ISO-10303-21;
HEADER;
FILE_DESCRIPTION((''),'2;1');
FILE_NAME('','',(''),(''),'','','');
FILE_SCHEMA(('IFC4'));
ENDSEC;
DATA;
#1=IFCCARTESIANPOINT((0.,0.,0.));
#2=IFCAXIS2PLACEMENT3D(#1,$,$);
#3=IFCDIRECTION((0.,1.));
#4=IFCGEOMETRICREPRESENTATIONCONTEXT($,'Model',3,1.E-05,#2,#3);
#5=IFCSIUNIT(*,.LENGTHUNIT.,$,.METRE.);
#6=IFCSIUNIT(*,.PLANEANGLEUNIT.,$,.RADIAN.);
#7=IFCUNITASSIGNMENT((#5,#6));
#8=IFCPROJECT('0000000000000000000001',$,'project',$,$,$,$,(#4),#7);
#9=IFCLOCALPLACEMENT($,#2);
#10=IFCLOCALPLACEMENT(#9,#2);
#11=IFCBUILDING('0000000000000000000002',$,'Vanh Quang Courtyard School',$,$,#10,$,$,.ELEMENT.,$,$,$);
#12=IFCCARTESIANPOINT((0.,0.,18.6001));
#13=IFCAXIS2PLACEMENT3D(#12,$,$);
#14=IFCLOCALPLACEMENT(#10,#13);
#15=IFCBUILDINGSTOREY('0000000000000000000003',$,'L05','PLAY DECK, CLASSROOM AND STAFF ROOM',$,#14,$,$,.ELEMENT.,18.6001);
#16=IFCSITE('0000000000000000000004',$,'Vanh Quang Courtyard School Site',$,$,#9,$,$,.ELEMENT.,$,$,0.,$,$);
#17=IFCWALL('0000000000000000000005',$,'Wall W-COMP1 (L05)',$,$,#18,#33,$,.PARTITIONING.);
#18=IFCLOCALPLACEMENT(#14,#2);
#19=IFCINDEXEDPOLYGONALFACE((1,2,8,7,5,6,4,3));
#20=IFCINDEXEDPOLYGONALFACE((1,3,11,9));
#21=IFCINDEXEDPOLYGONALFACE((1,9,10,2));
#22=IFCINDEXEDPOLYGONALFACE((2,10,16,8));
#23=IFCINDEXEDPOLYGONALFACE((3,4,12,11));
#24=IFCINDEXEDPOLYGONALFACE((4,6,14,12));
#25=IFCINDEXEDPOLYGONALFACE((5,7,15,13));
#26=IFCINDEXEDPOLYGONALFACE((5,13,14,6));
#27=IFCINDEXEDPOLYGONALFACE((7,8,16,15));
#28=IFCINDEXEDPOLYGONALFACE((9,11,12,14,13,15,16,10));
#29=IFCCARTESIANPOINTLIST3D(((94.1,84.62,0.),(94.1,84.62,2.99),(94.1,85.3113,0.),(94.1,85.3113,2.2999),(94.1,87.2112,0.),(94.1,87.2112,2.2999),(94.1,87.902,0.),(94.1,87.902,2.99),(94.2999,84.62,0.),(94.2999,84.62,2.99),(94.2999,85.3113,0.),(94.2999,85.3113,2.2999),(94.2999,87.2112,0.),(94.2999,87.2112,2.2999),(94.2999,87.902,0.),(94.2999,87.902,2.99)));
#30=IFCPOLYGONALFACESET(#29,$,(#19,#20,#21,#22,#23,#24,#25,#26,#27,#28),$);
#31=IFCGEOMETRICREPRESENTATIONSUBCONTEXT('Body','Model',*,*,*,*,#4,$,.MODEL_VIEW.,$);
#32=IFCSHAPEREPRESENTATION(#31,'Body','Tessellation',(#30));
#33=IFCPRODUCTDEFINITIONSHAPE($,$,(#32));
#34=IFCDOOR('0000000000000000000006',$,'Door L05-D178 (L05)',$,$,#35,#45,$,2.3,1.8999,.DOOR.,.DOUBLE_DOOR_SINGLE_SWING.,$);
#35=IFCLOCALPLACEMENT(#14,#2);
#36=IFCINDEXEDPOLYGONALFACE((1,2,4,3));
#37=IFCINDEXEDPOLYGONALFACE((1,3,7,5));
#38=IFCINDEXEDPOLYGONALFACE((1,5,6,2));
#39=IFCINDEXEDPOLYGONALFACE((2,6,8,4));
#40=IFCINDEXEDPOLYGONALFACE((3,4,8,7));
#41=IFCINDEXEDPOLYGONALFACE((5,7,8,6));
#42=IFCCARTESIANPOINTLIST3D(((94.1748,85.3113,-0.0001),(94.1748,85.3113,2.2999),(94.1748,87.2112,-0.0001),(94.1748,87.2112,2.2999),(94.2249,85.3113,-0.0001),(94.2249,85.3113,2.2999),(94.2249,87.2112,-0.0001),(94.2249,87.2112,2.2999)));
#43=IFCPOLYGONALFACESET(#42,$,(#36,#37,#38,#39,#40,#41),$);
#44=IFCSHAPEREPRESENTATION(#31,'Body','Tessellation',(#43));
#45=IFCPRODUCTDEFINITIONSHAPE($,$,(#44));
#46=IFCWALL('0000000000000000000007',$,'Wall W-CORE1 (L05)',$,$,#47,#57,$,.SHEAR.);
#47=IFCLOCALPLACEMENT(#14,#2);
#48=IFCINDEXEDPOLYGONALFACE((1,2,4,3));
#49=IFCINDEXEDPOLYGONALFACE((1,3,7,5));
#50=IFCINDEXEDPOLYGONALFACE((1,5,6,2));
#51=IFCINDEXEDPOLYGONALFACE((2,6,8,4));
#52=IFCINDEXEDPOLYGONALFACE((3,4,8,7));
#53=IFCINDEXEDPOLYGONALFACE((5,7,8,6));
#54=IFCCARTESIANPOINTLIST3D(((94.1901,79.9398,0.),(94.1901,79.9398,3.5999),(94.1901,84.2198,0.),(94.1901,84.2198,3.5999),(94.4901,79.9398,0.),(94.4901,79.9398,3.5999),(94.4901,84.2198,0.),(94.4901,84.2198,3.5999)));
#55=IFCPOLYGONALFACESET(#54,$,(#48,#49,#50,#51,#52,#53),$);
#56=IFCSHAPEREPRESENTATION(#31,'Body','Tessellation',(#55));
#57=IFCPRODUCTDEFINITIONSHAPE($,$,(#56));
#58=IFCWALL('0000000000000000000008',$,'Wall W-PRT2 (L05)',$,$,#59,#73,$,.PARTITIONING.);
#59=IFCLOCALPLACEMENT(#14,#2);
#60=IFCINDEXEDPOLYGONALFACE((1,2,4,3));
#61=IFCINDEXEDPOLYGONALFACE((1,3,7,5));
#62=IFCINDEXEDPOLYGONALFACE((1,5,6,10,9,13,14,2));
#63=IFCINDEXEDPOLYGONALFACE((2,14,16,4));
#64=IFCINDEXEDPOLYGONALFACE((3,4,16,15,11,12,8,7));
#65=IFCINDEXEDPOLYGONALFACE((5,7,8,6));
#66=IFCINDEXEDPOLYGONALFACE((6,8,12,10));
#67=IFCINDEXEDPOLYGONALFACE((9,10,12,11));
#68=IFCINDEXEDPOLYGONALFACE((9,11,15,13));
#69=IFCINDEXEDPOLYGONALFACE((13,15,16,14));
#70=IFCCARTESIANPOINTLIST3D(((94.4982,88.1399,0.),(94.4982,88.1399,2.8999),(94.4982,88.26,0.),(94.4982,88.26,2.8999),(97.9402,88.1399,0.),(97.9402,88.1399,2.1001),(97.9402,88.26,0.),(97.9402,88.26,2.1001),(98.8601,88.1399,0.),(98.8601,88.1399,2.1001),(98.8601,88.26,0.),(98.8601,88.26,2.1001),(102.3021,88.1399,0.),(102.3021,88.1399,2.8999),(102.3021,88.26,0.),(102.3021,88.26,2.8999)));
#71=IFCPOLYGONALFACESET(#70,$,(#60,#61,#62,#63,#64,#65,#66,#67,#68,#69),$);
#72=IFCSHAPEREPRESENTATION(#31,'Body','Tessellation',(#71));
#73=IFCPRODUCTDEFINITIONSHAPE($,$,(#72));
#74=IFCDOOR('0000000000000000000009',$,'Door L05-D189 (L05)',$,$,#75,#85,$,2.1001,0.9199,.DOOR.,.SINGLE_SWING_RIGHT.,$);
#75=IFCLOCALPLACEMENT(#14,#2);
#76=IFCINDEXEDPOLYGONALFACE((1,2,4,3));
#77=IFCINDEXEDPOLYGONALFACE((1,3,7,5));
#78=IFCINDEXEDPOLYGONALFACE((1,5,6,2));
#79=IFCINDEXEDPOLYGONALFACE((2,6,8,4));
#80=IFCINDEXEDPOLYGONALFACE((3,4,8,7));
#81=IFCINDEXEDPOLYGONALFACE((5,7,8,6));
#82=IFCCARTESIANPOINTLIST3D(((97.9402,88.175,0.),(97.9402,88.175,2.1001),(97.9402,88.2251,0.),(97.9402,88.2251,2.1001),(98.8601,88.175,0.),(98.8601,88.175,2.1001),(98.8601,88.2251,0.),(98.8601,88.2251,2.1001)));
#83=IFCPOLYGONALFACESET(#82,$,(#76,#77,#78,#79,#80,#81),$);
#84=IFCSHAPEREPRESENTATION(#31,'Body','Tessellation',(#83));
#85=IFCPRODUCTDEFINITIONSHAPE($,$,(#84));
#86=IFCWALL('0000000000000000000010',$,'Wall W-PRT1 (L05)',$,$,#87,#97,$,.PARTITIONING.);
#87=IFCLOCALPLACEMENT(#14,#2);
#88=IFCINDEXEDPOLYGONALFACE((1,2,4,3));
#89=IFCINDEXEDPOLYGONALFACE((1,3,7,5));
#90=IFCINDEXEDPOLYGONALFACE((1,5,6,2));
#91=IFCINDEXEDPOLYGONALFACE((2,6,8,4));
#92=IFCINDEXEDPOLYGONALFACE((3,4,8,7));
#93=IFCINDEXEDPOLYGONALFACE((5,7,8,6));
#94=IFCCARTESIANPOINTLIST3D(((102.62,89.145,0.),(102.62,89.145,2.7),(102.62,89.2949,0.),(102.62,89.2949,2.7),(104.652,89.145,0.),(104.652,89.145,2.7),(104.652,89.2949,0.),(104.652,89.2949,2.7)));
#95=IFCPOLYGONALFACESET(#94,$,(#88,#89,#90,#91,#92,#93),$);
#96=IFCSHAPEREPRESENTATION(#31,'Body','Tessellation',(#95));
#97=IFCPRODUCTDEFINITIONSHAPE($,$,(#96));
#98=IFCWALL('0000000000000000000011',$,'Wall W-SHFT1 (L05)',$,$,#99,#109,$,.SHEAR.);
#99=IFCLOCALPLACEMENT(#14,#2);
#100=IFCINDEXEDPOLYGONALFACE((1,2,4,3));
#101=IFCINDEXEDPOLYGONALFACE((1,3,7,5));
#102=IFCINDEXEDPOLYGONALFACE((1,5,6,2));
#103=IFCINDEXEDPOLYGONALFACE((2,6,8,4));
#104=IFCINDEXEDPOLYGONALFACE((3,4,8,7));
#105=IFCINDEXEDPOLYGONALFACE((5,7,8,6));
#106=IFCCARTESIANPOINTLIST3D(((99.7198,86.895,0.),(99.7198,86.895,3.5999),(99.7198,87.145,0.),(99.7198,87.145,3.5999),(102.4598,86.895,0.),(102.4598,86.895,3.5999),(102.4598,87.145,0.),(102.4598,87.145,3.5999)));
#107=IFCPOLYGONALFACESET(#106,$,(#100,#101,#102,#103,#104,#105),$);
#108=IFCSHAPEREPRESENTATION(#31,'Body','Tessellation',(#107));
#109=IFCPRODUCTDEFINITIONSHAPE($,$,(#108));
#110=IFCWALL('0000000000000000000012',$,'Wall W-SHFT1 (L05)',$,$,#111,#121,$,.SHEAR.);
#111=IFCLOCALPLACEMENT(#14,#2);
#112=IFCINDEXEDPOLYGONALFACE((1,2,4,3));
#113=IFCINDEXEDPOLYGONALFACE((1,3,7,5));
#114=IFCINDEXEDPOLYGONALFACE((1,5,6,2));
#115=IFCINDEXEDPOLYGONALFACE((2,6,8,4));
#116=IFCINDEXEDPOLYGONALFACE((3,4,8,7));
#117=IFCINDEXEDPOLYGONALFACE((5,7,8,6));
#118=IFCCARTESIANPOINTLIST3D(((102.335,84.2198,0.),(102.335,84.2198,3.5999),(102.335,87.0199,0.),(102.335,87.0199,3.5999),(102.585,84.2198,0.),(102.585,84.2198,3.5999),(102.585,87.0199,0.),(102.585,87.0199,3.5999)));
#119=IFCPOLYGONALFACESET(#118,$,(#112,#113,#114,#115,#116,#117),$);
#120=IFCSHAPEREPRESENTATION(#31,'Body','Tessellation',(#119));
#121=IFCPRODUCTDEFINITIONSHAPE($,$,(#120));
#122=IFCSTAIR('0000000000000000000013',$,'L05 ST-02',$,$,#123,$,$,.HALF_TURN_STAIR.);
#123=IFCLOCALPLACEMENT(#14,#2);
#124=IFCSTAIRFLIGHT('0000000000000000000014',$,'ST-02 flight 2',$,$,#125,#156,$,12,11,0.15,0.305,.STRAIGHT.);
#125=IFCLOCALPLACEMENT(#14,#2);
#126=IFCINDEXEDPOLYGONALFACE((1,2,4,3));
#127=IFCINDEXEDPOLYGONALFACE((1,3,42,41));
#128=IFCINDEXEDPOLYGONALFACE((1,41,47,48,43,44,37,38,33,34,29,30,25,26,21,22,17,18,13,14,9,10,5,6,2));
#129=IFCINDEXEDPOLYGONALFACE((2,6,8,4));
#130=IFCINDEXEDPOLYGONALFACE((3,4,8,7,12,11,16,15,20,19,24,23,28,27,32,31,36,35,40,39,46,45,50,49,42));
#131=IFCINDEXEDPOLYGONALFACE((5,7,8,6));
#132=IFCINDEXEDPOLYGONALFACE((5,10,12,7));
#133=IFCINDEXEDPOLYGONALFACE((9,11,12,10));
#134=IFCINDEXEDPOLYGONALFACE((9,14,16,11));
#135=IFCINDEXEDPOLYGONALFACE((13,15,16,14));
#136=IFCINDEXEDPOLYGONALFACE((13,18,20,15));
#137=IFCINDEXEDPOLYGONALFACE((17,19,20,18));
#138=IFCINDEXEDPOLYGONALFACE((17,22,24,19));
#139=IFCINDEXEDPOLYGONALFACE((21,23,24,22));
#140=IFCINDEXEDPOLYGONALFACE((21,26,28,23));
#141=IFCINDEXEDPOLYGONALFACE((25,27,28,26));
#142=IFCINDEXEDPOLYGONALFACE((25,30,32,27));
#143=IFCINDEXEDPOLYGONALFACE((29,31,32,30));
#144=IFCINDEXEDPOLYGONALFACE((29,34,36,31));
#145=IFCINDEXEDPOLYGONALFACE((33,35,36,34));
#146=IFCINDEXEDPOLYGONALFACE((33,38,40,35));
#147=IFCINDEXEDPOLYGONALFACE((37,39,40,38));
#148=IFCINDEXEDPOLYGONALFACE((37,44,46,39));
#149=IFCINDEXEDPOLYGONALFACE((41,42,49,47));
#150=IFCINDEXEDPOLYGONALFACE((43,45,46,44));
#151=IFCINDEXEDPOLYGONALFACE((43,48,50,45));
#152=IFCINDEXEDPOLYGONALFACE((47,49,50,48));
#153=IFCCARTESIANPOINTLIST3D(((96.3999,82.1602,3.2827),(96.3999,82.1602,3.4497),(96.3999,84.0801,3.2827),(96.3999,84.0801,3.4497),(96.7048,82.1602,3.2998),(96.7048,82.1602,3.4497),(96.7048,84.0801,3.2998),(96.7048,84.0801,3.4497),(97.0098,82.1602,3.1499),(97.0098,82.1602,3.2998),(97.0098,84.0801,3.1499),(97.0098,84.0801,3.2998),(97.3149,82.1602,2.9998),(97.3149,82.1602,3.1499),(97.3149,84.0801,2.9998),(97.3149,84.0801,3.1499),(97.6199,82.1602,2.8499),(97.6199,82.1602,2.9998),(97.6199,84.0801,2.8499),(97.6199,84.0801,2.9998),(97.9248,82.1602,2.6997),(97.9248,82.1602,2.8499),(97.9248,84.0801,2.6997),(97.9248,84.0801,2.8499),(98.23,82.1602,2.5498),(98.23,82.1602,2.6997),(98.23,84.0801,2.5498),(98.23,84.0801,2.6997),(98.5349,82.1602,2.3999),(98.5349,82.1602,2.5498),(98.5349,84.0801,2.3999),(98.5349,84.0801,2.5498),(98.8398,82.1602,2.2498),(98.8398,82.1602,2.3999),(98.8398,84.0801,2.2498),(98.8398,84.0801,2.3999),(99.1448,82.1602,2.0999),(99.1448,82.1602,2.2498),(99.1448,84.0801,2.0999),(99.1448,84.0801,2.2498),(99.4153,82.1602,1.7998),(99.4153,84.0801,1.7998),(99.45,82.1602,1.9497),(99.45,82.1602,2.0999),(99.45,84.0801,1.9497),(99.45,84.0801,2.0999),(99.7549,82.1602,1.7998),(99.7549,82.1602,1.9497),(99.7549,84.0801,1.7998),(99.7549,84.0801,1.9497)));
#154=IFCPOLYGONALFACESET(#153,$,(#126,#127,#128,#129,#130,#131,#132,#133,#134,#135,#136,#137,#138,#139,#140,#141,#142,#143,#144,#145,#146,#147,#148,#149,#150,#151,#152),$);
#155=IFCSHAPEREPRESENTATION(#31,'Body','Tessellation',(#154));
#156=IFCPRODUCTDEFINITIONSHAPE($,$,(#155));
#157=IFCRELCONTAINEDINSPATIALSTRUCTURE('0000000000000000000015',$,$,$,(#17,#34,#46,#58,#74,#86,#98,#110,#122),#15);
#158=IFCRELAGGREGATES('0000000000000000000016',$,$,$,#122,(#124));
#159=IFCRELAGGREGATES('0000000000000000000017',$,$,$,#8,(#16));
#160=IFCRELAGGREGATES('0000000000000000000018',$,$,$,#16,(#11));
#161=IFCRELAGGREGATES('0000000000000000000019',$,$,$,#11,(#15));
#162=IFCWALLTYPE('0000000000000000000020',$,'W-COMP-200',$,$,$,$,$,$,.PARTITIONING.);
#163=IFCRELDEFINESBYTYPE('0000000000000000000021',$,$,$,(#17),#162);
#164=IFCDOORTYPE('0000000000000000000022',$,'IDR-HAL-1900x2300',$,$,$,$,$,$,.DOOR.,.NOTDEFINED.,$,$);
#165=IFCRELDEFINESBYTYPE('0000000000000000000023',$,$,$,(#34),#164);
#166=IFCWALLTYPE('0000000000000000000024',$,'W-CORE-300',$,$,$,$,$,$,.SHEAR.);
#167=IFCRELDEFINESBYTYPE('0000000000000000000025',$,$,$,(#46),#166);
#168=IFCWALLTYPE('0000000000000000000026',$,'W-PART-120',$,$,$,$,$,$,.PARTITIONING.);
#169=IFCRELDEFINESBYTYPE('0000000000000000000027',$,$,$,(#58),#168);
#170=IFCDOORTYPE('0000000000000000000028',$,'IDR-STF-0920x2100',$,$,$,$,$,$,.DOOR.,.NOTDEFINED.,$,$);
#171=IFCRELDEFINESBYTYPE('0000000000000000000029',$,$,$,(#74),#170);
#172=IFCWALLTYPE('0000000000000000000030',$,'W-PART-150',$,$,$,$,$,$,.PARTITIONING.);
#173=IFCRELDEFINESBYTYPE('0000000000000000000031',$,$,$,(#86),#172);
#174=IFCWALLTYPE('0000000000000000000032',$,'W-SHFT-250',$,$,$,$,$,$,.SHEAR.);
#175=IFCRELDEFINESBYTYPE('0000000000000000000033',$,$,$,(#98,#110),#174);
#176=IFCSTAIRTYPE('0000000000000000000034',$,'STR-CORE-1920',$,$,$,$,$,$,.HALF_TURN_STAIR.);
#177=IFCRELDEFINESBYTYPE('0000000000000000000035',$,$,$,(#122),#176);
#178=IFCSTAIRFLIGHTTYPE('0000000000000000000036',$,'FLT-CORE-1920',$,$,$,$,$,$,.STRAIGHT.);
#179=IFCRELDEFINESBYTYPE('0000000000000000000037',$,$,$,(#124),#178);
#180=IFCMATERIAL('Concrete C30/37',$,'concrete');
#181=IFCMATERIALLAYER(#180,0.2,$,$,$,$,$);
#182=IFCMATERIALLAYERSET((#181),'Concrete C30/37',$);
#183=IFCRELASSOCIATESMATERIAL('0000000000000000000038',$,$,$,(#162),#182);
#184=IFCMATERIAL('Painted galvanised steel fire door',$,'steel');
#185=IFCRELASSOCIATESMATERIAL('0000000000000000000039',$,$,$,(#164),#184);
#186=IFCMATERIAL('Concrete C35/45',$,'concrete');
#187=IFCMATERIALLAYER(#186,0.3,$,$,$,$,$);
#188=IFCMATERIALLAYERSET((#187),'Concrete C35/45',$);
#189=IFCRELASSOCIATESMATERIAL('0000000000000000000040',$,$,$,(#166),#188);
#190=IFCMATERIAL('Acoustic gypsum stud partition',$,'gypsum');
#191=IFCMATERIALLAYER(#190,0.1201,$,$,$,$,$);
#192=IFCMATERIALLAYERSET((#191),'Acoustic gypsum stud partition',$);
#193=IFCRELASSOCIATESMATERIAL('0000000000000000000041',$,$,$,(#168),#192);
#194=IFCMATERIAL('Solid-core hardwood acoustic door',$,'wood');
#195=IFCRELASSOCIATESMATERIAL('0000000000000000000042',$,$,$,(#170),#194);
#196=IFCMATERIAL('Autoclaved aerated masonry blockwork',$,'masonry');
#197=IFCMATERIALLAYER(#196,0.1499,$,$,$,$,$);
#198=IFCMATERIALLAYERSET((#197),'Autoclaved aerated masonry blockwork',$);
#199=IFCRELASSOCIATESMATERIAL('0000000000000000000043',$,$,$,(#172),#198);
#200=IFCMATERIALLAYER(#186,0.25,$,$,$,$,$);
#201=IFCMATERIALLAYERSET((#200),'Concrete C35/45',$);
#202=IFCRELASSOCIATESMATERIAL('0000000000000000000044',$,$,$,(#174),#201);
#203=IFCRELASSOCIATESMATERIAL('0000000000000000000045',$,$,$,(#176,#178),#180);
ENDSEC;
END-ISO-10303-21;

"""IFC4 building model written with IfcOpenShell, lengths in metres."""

from ifc_helpers import new_model, si_unit, direction, frame, frame_2d, origin, place, context, subcontext, project, spatial, polyline, rectangle, outline, extrude, material, layer, layer_set, type_object, element, fill, aggregate, save


model = new_model("IFC4")

# Units and contexts
model_context = context("Model", 3, precision=1e-05, world=origin(), true_north=direction((0.0, 1.0)))
body_context = subcontext(model_context, "Body", "Model", "MODEL_VIEW")
ifc_project = project(units=[si_unit("LENGTHUNIT", "METRE"), si_unit("PLANEANGLEUNIT", "RADIAN")], contexts=[model_context])

# Site, building, storey
site_placement = place(None, origin())
site = spatial("IfcSite", under=ifc_project, at=site_placement, Name="Vanh Quang Courtyard School Site", CompositionType="ELEMENT", RefElevation=0.0)
building_placement = place(site_placement, origin())
building = spatial("IfcBuilding", under=site, at=building_placement, Name="Vanh Quang Courtyard School", CompositionType="ELEMENT")
storey_placement = place(building_placement, frame((0.0, 0.0, 18.6001)))
storey = spatial("IfcBuildingStorey", under=building, at=storey_placement, Name="L05", Description="PLAY DECK, CLASSROOM AND STAFF ROOM", CompositionType="ELEMENT", Elevation=18.6001)

# Shared definitions
ifc_material_1 = material(Name="Concrete C35/45", Category="concrete")

# Shared definitions
ifc_material_2 = material(Name="Concrete C30/37", Category="concrete")

# Wall, opening, door
ifc_layer_1 = layer(ifc_material_2, 0.2)
ifc_layer_set_1 = layer_set([ifc_layer_1], Name="Concrete C30/37")
wall_type_1 = type_object("IfcWallType", Name="W-COMP-200", PredefinedType="PARTITIONING", material=ifc_layer_set_1)
wall_1_placement = place(storey_placement, frame((94.2, 87.9021, 0.0), z_axis=(0.0, 0.0, 1.0), x_axis=(0.0, -1.0, 0.0)))
wall_1 = element("IfcWall", 1, at=wall_1_placement, inside=storey, type_object=wall_type_1, Name="Wall W-COMP1 (L05)", PredefinedType="PARTITIONING", context=body_context, shape_type="SweptSolid", body=[
    extrude(rectangle(XDim=3.282, YDim=0.2, at=frame_2d((1.6411, 0.0))), origin(), (0.0, 0.0, 1.0), 2.99),
])
opening_1_placement = place(wall_1_placement, frame((0.6909, 0.0, 0.0)))
opening_1 = element("IfcOpeningElement", 2, at=opening_1_placement, cuts=wall_1, PredefinedType="OPENING", context=body_context, shape_type="SweptSolid", body=[
    extrude(rectangle(XDim=1.8999, YDim=2.3, at=frame_2d((0.95, 1.1499))), frame((0.0, 0.1099, 0.0), z_axis=(0.0, -1.0, 0.0), x_axis=(1.0, 0.0, 0.0)), (0.0, 0.0, 1.0), 0.22),
])
ifc_material_3 = material(Name="Painted galvanised steel fire door", Category="steel")
door_type_1 = type_object("IfcDoorType", Name="IDR-HAL-1900x2300", OperationType="NOTDEFINED", PredefinedType="DOOR", material=ifc_material_3)
door_1_placement = place(opening_1_placement, origin())
door_1 = element("IfcDoor", 3, at=door_1_placement, inside=storey, type_object=door_type_1, Name="Door L05-D178 (L05)", OperationType="DOUBLE_DOOR_SINGLE_SWING", OverallHeight=2.3, OverallWidth=1.8999, PredefinedType="DOOR", context=body_context, shape_type="SweptSolid", body=[
    extrude(rectangle(XDim=1.8999, YDim=2.3, at=frame_2d((0.95, 1.1499))), frame((0.0, 0.0249, 0.0), z_axis=(0.0, -1.0, 0.0), x_axis=(1.0, 0.0, 0.0)), (0.0, 0.0, 1.0), 0.05),
])
fill(opening_1, door_1)
ifc_layer_2 = layer(ifc_material_1, 0.3)
ifc_layer_set_2 = layer_set([ifc_layer_2], Name="Concrete C35/45")
wall_type_2 = type_object("IfcWallType", Name="W-CORE-300", PredefinedType="SHEAR", material=ifc_layer_set_2)

# Wall
wall_2_placement = place(storey_placement, frame((94.3401, 84.22, 0.0), z_axis=(0.0, 0.0, 1.0), x_axis=(0.0, -1.0, 0.0)))
element("IfcWall", 4, at=wall_2_placement, inside=storey, type_object=wall_type_2, Name="Wall W-CORE1 (L05)", PredefinedType="SHEAR", context=body_context, shape_type="SweptSolid", body=[
    extrude(rectangle(XDim=4.28, YDim=0.3, at=frame_2d((2.1401, 0.0))), origin(), (0.0, 0.0, 1.0), 3.5999),
])

# Wall, opening, door
ifc_material_4 = material(Name="Acoustic gypsum stud partition", Category="gypsum")
ifc_layer_3 = layer(ifc_material_4, 0.1201)
ifc_layer_set_3 = layer_set([ifc_layer_3], Name="Acoustic gypsum stud partition")
wall_type_3 = type_object("IfcWallType", Name="W-PART-120", PredefinedType="PARTITIONING", material=ifc_layer_set_3)
wall_3_placement = place(storey_placement, frame((102.302, 88.2, 0.0), z_axis=(0.0, 0.0, 1.0), x_axis=(-1.0, 0.0, 0.0)))
wall_3 = element("IfcWall", 5, at=wall_3_placement, inside=storey, type_object=wall_type_3, Name="Wall W-PRT2 (L05)", PredefinedType="PARTITIONING", context=body_context, shape_type="SweptSolid", body=[
    extrude(rectangle(XDim=7.804, YDim=0.1201, at=frame_2d((3.9019, 0.0))), origin(), (0.0, 0.0, 1.0), 2.8999),
])
opening_2_placement = place(wall_3_placement, frame((3.4419, 0.0, 0.0)))
opening_2 = element("IfcOpeningElement", 6, at=opening_2_placement, cuts=wall_3, PredefinedType="OPENING", context=body_context, shape_type="SweptSolid", body=[
    extrude(rectangle(XDim=0.9199, YDim=2.1001, at=frame_2d((0.46, 1.05))), frame((0.0, 0.0701, 0.0), z_axis=(0.0, -1.0, 0.0), x_axis=(1.0, 0.0, 0.0)), (0.0, 0.0, 1.0), 0.1401),
])
ifc_material_5 = material(Name="Solid-core hardwood acoustic door", Category="wood")
door_type_2 = type_object("IfcDoorType", Name="IDR-STF-0920x2100", OperationType="NOTDEFINED", PredefinedType="DOOR", material=ifc_material_5)
door_2_placement = place(opening_2_placement, origin())
door_2 = element("IfcDoor", 7, at=door_2_placement, inside=storey, type_object=door_type_2, Name="Door L05-D189 (L05)", OperationType="SINGLE_SWING_RIGHT", OverallHeight=2.1001, OverallWidth=0.9199, PredefinedType="DOOR", context=body_context, shape_type="SweptSolid", body=[
    extrude(rectangle(XDim=0.9199, YDim=2.1001, at=frame_2d((0.46, 1.05))), frame((0.0, 0.0249, 0.0), z_axis=(0.0, -1.0, 0.0), x_axis=(1.0, 0.0, 0.0)), (0.0, 0.0, 1.0), 0.05),
])
fill(opening_2, door_2)

# Wall
ifc_material_6 = material(Name="Autoclaved aerated masonry blockwork", Category="masonry")
ifc_layer_4 = layer(ifc_material_6, 0.1499)
ifc_layer_set_4 = layer_set([ifc_layer_4], Name="Autoclaved aerated masonry blockwork")
wall_type_4 = type_object("IfcWallType", Name="W-PART-150", PredefinedType="PARTITIONING", material=ifc_layer_set_4)
wall_4_placement = place(storey_placement, frame((104.6521, 89.22, 0.0), z_axis=(0.0, 0.0, 1.0), x_axis=(-1.0, 0.0, 0.0)))
element("IfcWall", 8, at=wall_4_placement, inside=storey, type_object=wall_type_4, Name="Wall W-PRT1 (L05)", PredefinedType="PARTITIONING", context=body_context, shape_type="SweptSolid", body=[
    extrude(rectangle(XDim=2.032, YDim=0.1499, at=frame_2d((1.0161, 0.0))), origin(), (0.0, 0.0, 1.0), 2.7),
])

# Shared definitions
ifc_layer_5 = layer(ifc_material_1, 0.25)
ifc_layer_set_5 = layer_set([ifc_layer_5], Name="Concrete C35/45")
wall_type_5 = type_object("IfcWallType", Name="W-SHFT-250", PredefinedType="SHEAR", material=ifc_layer_set_5)

# Walls
wall_5_placement = place(storey_placement, frame((102.46, 87.02, 0.0), z_axis=(0.0, 0.0, 1.0), x_axis=(-1.0, 0.0, 0.0)))
element("IfcWall", 9, at=wall_5_placement, inside=storey, type_object=wall_type_5, Name="Wall W-SHFT1 (L05)", PredefinedType="SHEAR", context=body_context, shape_type="SweptSolid", body=[
    extrude(rectangle(XDim=2.74, YDim=0.25, at=frame_2d((1.3701, 0.0))), origin(), (0.0, 0.0, 1.0), 3.5999),
])
wall_6_placement = place(storey_placement, frame((102.46, 84.22, 0.0), z_axis=(0.0, 0.0, 1.0), x_axis=(0.0, 1.0, 0.0)))
element("IfcWall", 10, at=wall_6_placement, inside=storey, type_object=wall_type_5, Name="Wall W-SHFT1 (L05)", PredefinedType="SHEAR", context=body_context, shape_type="SweptSolid", body=[
    extrude(rectangle(XDim=2.8, YDim=0.25, at=frame_2d((1.3999, 0.0))), origin(), (0.0, 0.0, 1.0), 3.5999),
])

# Stair, stair flight
stair_type = type_object("IfcStairType", Name="STR-CORE-1920", PredefinedType="HALF_TURN_STAIR", material=ifc_material_2)
stair_placement = place(storey_placement, origin())
stair = element("IfcStair", 11, at=stair_placement, inside=storey, type_object=stair_type, Name="L05 ST-02", PredefinedType="HALF_TURN_STAIR")
stair_flight_type = type_object("IfcStairFlightType", Name="FLT-CORE-1920", PredefinedType="STRAIGHT", material=ifc_material_2)
stair_flight_placement = place(storey_placement, frame((99.7549, 83.1201, 1.7998), z_axis=(0.0, 0.0, 1.0), x_axis=(-1.0, 0.0, 0.0)))
stair_flight = element("IfcStairFlight", 12, at=stair_flight_placement, type_object=stair_flight_type, Name="ST-02 flight 2", NumberOfRisers=12, NumberOfTreads=11, PredefinedType="STRAIGHT", RiserHeight=0.15, TreadLength=0.305, context=body_context, shape_type="SweptSolid", body=[
    extrude(outline(polyline([(0.0, 0.0), (0.0, 0.1499), (0.3049, 0.1499), (0.3049, 0.3), (0.6101, 0.3), (0.6101, 0.45), (0.915, 0.45), (0.915, 0.6001), (1.22, 0.6001), (1.22, 0.75), (1.5249, 0.75), (1.5249, 0.8999), (1.8301, 0.8999), (1.8301, 1.05), (2.135, 1.05), (2.135, 1.2), (2.4399, 1.2), (2.4399, 1.3501), (2.7451, 1.3501), (2.7451, 1.5), (3.05, 1.5), (3.05, 1.6499), (3.355, 1.6499), (3.355, 1.8), (3.355, 1.4829), (0.3396, 0.0), (0.0, 0.0)])), frame((0.0, 0.96, 0.0), z_axis=(0.0, -1.0, 0.0), x_axis=(1.0, 0.0, 0.0)), (0.0, 0.0, 1.0), 1.9199),
])
aggregate(stair, [stair_flight])

save(model, "model.ifc")
